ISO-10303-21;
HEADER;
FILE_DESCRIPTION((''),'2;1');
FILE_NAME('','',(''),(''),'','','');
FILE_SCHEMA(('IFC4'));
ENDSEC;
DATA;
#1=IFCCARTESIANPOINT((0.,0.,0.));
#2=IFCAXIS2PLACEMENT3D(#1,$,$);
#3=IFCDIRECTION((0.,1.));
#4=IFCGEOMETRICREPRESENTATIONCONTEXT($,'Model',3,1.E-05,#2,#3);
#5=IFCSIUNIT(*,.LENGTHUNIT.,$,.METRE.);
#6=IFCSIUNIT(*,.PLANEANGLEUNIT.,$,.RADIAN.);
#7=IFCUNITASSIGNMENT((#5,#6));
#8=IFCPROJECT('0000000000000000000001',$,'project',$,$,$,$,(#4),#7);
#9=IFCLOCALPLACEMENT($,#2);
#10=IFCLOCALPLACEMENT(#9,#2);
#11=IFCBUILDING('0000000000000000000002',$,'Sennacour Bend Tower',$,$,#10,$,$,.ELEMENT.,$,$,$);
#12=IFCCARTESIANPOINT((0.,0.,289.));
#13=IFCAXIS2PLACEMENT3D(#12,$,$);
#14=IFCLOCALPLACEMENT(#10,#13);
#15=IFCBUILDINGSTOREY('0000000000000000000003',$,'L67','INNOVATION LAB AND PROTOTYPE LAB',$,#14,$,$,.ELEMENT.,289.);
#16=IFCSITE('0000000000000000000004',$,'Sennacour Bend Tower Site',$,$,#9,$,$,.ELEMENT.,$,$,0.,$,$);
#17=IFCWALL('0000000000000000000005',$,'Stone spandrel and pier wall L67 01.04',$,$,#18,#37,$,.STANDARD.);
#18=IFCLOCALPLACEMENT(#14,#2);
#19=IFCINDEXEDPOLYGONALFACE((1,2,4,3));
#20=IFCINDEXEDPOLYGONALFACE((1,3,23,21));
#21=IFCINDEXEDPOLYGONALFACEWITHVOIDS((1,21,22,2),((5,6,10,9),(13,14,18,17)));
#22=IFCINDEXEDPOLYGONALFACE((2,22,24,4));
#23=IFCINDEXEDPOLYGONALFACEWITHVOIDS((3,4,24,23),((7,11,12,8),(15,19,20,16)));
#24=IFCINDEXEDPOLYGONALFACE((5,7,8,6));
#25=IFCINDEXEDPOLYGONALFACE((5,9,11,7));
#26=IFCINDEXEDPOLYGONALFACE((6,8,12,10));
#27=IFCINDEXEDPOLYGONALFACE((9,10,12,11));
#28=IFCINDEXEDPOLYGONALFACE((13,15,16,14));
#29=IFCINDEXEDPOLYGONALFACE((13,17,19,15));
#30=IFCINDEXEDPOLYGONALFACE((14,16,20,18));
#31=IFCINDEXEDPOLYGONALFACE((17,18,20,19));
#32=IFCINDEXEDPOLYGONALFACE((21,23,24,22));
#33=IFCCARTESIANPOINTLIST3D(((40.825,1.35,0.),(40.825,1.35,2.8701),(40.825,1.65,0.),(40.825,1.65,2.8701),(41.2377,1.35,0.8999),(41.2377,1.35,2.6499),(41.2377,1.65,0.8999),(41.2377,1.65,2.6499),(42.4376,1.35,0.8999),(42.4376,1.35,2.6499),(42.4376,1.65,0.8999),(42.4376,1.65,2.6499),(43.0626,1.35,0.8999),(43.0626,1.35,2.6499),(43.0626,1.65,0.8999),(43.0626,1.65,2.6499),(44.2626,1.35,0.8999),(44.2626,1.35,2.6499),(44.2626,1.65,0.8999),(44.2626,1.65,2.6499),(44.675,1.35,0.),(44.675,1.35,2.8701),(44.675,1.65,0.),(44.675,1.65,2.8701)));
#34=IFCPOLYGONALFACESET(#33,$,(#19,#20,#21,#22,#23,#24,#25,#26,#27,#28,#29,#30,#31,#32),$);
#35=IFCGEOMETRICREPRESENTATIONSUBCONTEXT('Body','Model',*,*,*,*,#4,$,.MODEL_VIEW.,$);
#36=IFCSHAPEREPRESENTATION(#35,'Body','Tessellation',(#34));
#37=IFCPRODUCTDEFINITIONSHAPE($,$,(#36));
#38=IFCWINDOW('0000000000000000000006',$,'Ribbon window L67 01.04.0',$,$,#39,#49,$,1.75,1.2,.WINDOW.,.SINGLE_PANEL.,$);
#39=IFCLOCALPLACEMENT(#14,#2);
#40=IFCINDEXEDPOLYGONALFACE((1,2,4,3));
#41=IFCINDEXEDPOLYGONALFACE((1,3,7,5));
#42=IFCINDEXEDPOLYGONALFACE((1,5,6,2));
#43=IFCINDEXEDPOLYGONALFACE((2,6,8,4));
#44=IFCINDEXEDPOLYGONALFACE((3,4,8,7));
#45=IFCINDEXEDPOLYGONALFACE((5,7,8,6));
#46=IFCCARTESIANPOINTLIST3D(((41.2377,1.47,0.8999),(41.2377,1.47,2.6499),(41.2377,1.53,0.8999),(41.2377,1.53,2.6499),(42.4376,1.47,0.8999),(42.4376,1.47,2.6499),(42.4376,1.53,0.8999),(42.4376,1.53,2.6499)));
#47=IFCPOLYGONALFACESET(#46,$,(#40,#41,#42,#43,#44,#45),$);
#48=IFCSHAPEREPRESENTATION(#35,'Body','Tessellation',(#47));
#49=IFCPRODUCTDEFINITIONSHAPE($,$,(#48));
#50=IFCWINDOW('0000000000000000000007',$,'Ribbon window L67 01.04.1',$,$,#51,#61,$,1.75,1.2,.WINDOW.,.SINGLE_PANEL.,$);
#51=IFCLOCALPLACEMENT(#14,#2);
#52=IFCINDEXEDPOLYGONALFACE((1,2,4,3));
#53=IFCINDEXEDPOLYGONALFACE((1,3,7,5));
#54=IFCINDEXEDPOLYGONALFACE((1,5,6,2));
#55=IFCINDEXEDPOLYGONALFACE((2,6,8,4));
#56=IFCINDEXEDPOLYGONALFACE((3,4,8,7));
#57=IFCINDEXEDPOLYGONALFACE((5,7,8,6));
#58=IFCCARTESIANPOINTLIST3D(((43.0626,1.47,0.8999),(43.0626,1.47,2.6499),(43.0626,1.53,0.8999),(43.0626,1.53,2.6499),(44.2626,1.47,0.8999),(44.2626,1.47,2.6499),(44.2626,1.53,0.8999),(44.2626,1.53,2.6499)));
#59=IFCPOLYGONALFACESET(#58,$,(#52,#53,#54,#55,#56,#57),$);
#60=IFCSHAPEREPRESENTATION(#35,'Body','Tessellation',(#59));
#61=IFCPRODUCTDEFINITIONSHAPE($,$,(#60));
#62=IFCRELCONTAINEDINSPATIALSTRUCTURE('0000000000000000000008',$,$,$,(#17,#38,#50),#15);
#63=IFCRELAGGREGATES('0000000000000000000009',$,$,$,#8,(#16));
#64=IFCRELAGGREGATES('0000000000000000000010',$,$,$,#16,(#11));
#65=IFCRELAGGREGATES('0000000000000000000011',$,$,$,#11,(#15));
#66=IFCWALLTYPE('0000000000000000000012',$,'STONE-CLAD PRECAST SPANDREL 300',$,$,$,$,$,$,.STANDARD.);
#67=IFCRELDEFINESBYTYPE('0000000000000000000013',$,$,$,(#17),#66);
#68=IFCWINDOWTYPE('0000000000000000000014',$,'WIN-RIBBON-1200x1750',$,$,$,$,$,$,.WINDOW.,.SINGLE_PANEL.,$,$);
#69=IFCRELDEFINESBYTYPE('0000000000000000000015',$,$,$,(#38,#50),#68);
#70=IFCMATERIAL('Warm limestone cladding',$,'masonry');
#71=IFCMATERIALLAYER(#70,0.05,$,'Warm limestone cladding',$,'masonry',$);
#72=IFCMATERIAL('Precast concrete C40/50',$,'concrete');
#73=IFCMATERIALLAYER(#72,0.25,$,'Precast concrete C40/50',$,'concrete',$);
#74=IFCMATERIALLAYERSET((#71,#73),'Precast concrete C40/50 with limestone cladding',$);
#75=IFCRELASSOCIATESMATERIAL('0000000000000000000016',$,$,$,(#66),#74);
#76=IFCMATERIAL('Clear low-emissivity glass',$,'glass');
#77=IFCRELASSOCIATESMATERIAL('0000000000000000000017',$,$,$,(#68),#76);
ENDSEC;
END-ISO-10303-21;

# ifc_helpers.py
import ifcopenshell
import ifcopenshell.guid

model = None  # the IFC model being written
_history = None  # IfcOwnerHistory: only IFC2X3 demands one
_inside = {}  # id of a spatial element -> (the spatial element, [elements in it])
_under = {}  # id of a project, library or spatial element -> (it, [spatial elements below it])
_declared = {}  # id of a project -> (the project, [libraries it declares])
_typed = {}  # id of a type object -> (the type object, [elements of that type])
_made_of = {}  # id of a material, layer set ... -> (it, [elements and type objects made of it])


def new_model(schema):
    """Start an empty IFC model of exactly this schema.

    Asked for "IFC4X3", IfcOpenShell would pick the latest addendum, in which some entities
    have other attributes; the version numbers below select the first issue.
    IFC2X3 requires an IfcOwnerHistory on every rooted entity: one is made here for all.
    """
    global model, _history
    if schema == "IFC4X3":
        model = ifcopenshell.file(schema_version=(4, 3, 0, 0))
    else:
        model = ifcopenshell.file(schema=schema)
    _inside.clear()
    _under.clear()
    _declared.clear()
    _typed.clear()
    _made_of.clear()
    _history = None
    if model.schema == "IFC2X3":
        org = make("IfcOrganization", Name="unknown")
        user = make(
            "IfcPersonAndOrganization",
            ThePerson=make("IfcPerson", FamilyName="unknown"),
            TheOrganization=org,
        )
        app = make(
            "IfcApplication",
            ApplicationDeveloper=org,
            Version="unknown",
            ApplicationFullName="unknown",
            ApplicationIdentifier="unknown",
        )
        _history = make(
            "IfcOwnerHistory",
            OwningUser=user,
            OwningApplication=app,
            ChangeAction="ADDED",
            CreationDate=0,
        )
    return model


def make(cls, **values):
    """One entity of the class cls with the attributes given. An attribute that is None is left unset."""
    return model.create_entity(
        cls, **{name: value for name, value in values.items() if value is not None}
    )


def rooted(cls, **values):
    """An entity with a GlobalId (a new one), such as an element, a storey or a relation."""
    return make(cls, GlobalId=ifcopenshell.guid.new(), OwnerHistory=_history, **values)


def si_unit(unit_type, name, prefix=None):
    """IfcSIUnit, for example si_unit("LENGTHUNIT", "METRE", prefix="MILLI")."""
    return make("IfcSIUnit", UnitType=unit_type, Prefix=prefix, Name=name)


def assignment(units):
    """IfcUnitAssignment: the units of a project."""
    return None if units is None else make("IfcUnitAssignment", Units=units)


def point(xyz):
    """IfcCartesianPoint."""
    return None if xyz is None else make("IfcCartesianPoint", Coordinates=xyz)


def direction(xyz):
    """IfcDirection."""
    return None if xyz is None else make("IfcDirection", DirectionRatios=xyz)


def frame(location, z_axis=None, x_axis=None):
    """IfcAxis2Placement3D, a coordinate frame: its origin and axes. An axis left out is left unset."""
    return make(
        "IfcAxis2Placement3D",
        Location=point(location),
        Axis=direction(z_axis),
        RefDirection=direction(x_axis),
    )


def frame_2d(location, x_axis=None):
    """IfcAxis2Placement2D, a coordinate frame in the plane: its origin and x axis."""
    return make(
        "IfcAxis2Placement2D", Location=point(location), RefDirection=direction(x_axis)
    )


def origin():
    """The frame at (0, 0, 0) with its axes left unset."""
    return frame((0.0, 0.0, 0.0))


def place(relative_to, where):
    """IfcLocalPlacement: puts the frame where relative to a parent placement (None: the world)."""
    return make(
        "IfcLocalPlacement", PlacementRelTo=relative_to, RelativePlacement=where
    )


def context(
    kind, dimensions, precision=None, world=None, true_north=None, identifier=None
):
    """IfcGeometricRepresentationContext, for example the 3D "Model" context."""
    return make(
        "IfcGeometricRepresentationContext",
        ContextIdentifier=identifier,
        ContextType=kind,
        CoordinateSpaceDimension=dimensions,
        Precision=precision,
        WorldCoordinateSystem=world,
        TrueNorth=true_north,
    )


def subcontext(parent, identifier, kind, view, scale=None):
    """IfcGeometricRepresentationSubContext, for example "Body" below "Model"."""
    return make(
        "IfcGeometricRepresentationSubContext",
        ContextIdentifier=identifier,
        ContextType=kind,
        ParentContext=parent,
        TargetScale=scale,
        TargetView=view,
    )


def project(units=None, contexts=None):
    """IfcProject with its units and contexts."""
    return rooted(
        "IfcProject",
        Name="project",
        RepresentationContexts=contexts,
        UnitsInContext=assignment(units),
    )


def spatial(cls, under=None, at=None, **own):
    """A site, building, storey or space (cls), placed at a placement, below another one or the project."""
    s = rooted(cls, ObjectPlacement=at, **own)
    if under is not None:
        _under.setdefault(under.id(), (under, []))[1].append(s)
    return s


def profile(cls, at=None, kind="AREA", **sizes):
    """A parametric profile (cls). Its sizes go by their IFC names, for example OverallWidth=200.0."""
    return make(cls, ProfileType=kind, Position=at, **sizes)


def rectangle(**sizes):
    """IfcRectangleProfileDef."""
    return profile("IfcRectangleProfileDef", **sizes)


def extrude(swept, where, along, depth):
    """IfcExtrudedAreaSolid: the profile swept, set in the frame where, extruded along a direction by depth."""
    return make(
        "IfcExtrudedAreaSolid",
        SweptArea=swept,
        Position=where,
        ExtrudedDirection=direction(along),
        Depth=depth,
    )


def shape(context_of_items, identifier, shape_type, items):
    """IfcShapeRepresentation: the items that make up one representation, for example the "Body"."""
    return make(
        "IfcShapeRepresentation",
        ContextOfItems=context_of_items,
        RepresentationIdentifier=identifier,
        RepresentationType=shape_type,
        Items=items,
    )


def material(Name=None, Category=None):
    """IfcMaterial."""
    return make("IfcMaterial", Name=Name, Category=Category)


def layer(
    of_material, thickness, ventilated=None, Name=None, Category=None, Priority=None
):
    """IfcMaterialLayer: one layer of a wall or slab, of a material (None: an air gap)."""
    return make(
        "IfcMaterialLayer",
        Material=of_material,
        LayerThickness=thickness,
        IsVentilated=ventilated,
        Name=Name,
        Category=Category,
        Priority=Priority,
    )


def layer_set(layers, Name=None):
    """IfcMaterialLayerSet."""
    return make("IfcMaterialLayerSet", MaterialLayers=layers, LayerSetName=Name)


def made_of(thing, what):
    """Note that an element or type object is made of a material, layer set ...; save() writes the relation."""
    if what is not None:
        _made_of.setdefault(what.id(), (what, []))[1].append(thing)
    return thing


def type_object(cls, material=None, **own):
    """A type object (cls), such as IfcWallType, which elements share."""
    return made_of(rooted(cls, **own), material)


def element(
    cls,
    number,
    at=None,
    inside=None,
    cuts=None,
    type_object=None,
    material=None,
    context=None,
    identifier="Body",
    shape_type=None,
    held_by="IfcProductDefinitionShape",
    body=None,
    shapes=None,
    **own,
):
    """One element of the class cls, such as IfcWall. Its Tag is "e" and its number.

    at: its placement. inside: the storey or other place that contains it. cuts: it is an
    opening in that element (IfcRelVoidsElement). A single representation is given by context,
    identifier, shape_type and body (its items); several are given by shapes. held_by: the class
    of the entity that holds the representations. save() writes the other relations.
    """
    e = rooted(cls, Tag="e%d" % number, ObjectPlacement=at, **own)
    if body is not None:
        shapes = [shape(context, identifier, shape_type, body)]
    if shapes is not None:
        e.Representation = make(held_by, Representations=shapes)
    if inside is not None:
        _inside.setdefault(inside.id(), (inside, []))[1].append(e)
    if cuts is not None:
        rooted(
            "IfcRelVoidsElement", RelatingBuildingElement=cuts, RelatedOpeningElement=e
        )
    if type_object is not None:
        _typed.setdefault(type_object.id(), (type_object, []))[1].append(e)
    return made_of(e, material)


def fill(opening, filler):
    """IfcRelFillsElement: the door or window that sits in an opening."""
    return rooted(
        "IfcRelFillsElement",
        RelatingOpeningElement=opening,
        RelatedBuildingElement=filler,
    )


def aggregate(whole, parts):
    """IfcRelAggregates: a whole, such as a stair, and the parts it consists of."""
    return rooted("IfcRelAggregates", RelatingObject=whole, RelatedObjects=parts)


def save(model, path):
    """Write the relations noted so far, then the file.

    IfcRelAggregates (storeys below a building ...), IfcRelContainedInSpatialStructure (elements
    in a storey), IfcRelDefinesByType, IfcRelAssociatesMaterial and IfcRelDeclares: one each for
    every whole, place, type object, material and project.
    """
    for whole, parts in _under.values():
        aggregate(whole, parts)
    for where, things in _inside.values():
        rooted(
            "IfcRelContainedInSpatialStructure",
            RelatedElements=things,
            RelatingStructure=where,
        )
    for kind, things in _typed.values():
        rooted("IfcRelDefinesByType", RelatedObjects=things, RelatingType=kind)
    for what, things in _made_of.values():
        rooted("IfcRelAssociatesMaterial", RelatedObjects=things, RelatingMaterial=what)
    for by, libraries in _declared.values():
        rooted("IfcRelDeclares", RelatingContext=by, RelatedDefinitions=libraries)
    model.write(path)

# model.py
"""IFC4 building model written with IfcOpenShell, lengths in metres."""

from ifc_helpers import new_model, si_unit, direction, frame, frame_2d, origin, place, context, subcontext, project, spatial, rectangle, extrude, material, layer, layer_set, type_object, element, fill, save


model = new_model("IFC4")

# Units and contexts
model_context = context("Model", 3, precision=1e-05, world=origin(), true_north=direction((0.0, 1.0)))
body_context = subcontext(model_context, "Body", "Model", "MODEL_VIEW")
ifc_project = project(units=[si_unit("LENGTHUNIT", "METRE"), si_unit("PLANEANGLEUNIT", "RADIAN")], contexts=[model_context])

# Site, building, storey
site_placement = place(None, origin())
site = spatial("IfcSite", under=ifc_project, at=site_placement, Name="Sennacour Bend Tower Site", CompositionType="ELEMENT", RefElevation=0.0)
building_placement = place(site_placement, origin())
building = spatial("IfcBuilding", under=site, at=building_placement, Name="Sennacour Bend Tower", CompositionType="ELEMENT")
storey_placement = place(building_placement, frame((0.0, 0.0, 289.0)))
storey = spatial("IfcBuildingStorey", under=building, at=storey_placement, Name="L67", Description="INNOVATION LAB AND PROTOTYPE LAB", CompositionType="ELEMENT", Elevation=289.0)

# Wall, openings, windows
ifc_material_1 = material(Name="Warm limestone cladding", Category="masonry")
ifc_layer_1 = layer(ifc_material_1, 0.05, Name="Warm limestone cladding", Category="masonry")
ifc_material_2 = material(Name="Precast concrete C40/50", Category="concrete")
ifc_layer_2 = layer(ifc_material_2, 0.25, Name="Precast concrete C40/50", Category="concrete")
ifc_layer_set_1 = layer_set([ifc_layer_1, ifc_layer_2], Name="Precast concrete C40/50 with limestone cladding")
wall_type_1 = type_object("IfcWallType", Name="STONE-CLAD PRECAST SPANDREL 300", PredefinedType="STANDARD", material=ifc_layer_set_1)
ifc_material_3 = material(Name="Clear low-emissivity glass", Category="glass")
window_type = type_object("IfcWindowType", Name="WIN-RIBBON-1200x1750", PartitioningType="SINGLE_PANEL", PredefinedType="WINDOW", material=ifc_material_3)
wall_1_placement = place(storey_placement, frame((40.825, 1.5, 0.0), z_axis=(0.0, 0.0, 1.0), x_axis=(1.0, 0.0, 0.0)))
wall_1 = element("IfcWall", 1, at=wall_1_placement, inside=storey, type_object=wall_type_1, Name="Stone spandrel and pier wall L67 01.04", PredefinedType="STANDARD", context=body_context, shape_type="SweptSolid", body=[
    extrude(rectangle(XDim=3.8501, YDim=0.3, at=frame_2d((1.925, 0.0))), origin(), (0.0, 0.0, 1.0), 2.8701),
])
opening_1_placement = place(wall_1_placement, frame((0.4126, 0.0, 0.8999)))
opening_1 = element("IfcOpeningElement", 2, at=opening_1_placement, cuts=wall_1, PredefinedType="OPENING", context=body_context, shape_type="SweptSolid", body=[
    extrude(rectangle(XDim=1.2, YDim=1.75, at=frame_2d((0.6001, 0.875))), frame((0.0, 0.1602, 0.0), z_axis=(0.0, -1.0, 0.0), x_axis=(1.0, 0.0, 0.0)), (0.0, 0.0, 1.0), 0.3201),
])
opening_2_placement = place(wall_1_placement, frame((2.2375, 0.0, 0.8999)))
opening_2 = element("IfcOpeningElement", 3, at=opening_2_placement, cuts=wall_1, PredefinedType="OPENING", context=body_context, shape_type="SweptSolid", body=[
    extrude(rectangle(XDim=1.2, YDim=1.75, at=frame_2d((0.6001, 0.875))), frame((0.0, 0.1602, 0.0), z_axis=(0.0, -1.0, 0.0), x_axis=(1.0, 0.0, 0.0)), (0.0, 0.0, 1.0), 0.3201),
])
window_1_placement = place(opening_1_placement, origin())
window_1 = element("IfcWindow", 4, at=window_1_placement, inside=storey, type_object=window_type, Name="Ribbon window L67 01.04.0", OverallHeight=1.75, OverallWidth=1.2, PartitioningType="SINGLE_PANEL", PredefinedType="WINDOW", context=body_context, shape_type="SweptSolid", body=[
    extrude(rectangle(XDim=1.2, YDim=1.75, at=frame_2d((0.6001, 0.875))), frame((0.0, 0.03, 0.0), z_axis=(0.0, -1.0, 0.0), x_axis=(1.0, 0.0, 0.0)), (0.0, 0.0, 1.0), 0.0601),
])
fill(opening_1, window_1)
window_2_placement = place(opening_2_placement, origin())
window_2 = element("IfcWindow", 5, at=window_2_placement, inside=storey, type_object=window_type, Name="Ribbon window L67 01.04.1", OverallHeight=1.75, OverallWidth=1.2, PartitioningType="SINGLE_PANEL", PredefinedType="WINDOW", context=body_context, shape_type="SweptSolid", body=[
    extrude(rectangle(XDim=1.2, YDim=1.75, at=frame_2d((0.6001, 0.875))), frame((0.0, 0.03, 0.0), z_axis=(0.0, -1.0, 0.0), x_axis=(1.0, 0.0, 0.0)), (0.0, 0.0, 1.0), 0.0601),
])
fill(opening_2, window_2)

save(model, "model.ifc")
